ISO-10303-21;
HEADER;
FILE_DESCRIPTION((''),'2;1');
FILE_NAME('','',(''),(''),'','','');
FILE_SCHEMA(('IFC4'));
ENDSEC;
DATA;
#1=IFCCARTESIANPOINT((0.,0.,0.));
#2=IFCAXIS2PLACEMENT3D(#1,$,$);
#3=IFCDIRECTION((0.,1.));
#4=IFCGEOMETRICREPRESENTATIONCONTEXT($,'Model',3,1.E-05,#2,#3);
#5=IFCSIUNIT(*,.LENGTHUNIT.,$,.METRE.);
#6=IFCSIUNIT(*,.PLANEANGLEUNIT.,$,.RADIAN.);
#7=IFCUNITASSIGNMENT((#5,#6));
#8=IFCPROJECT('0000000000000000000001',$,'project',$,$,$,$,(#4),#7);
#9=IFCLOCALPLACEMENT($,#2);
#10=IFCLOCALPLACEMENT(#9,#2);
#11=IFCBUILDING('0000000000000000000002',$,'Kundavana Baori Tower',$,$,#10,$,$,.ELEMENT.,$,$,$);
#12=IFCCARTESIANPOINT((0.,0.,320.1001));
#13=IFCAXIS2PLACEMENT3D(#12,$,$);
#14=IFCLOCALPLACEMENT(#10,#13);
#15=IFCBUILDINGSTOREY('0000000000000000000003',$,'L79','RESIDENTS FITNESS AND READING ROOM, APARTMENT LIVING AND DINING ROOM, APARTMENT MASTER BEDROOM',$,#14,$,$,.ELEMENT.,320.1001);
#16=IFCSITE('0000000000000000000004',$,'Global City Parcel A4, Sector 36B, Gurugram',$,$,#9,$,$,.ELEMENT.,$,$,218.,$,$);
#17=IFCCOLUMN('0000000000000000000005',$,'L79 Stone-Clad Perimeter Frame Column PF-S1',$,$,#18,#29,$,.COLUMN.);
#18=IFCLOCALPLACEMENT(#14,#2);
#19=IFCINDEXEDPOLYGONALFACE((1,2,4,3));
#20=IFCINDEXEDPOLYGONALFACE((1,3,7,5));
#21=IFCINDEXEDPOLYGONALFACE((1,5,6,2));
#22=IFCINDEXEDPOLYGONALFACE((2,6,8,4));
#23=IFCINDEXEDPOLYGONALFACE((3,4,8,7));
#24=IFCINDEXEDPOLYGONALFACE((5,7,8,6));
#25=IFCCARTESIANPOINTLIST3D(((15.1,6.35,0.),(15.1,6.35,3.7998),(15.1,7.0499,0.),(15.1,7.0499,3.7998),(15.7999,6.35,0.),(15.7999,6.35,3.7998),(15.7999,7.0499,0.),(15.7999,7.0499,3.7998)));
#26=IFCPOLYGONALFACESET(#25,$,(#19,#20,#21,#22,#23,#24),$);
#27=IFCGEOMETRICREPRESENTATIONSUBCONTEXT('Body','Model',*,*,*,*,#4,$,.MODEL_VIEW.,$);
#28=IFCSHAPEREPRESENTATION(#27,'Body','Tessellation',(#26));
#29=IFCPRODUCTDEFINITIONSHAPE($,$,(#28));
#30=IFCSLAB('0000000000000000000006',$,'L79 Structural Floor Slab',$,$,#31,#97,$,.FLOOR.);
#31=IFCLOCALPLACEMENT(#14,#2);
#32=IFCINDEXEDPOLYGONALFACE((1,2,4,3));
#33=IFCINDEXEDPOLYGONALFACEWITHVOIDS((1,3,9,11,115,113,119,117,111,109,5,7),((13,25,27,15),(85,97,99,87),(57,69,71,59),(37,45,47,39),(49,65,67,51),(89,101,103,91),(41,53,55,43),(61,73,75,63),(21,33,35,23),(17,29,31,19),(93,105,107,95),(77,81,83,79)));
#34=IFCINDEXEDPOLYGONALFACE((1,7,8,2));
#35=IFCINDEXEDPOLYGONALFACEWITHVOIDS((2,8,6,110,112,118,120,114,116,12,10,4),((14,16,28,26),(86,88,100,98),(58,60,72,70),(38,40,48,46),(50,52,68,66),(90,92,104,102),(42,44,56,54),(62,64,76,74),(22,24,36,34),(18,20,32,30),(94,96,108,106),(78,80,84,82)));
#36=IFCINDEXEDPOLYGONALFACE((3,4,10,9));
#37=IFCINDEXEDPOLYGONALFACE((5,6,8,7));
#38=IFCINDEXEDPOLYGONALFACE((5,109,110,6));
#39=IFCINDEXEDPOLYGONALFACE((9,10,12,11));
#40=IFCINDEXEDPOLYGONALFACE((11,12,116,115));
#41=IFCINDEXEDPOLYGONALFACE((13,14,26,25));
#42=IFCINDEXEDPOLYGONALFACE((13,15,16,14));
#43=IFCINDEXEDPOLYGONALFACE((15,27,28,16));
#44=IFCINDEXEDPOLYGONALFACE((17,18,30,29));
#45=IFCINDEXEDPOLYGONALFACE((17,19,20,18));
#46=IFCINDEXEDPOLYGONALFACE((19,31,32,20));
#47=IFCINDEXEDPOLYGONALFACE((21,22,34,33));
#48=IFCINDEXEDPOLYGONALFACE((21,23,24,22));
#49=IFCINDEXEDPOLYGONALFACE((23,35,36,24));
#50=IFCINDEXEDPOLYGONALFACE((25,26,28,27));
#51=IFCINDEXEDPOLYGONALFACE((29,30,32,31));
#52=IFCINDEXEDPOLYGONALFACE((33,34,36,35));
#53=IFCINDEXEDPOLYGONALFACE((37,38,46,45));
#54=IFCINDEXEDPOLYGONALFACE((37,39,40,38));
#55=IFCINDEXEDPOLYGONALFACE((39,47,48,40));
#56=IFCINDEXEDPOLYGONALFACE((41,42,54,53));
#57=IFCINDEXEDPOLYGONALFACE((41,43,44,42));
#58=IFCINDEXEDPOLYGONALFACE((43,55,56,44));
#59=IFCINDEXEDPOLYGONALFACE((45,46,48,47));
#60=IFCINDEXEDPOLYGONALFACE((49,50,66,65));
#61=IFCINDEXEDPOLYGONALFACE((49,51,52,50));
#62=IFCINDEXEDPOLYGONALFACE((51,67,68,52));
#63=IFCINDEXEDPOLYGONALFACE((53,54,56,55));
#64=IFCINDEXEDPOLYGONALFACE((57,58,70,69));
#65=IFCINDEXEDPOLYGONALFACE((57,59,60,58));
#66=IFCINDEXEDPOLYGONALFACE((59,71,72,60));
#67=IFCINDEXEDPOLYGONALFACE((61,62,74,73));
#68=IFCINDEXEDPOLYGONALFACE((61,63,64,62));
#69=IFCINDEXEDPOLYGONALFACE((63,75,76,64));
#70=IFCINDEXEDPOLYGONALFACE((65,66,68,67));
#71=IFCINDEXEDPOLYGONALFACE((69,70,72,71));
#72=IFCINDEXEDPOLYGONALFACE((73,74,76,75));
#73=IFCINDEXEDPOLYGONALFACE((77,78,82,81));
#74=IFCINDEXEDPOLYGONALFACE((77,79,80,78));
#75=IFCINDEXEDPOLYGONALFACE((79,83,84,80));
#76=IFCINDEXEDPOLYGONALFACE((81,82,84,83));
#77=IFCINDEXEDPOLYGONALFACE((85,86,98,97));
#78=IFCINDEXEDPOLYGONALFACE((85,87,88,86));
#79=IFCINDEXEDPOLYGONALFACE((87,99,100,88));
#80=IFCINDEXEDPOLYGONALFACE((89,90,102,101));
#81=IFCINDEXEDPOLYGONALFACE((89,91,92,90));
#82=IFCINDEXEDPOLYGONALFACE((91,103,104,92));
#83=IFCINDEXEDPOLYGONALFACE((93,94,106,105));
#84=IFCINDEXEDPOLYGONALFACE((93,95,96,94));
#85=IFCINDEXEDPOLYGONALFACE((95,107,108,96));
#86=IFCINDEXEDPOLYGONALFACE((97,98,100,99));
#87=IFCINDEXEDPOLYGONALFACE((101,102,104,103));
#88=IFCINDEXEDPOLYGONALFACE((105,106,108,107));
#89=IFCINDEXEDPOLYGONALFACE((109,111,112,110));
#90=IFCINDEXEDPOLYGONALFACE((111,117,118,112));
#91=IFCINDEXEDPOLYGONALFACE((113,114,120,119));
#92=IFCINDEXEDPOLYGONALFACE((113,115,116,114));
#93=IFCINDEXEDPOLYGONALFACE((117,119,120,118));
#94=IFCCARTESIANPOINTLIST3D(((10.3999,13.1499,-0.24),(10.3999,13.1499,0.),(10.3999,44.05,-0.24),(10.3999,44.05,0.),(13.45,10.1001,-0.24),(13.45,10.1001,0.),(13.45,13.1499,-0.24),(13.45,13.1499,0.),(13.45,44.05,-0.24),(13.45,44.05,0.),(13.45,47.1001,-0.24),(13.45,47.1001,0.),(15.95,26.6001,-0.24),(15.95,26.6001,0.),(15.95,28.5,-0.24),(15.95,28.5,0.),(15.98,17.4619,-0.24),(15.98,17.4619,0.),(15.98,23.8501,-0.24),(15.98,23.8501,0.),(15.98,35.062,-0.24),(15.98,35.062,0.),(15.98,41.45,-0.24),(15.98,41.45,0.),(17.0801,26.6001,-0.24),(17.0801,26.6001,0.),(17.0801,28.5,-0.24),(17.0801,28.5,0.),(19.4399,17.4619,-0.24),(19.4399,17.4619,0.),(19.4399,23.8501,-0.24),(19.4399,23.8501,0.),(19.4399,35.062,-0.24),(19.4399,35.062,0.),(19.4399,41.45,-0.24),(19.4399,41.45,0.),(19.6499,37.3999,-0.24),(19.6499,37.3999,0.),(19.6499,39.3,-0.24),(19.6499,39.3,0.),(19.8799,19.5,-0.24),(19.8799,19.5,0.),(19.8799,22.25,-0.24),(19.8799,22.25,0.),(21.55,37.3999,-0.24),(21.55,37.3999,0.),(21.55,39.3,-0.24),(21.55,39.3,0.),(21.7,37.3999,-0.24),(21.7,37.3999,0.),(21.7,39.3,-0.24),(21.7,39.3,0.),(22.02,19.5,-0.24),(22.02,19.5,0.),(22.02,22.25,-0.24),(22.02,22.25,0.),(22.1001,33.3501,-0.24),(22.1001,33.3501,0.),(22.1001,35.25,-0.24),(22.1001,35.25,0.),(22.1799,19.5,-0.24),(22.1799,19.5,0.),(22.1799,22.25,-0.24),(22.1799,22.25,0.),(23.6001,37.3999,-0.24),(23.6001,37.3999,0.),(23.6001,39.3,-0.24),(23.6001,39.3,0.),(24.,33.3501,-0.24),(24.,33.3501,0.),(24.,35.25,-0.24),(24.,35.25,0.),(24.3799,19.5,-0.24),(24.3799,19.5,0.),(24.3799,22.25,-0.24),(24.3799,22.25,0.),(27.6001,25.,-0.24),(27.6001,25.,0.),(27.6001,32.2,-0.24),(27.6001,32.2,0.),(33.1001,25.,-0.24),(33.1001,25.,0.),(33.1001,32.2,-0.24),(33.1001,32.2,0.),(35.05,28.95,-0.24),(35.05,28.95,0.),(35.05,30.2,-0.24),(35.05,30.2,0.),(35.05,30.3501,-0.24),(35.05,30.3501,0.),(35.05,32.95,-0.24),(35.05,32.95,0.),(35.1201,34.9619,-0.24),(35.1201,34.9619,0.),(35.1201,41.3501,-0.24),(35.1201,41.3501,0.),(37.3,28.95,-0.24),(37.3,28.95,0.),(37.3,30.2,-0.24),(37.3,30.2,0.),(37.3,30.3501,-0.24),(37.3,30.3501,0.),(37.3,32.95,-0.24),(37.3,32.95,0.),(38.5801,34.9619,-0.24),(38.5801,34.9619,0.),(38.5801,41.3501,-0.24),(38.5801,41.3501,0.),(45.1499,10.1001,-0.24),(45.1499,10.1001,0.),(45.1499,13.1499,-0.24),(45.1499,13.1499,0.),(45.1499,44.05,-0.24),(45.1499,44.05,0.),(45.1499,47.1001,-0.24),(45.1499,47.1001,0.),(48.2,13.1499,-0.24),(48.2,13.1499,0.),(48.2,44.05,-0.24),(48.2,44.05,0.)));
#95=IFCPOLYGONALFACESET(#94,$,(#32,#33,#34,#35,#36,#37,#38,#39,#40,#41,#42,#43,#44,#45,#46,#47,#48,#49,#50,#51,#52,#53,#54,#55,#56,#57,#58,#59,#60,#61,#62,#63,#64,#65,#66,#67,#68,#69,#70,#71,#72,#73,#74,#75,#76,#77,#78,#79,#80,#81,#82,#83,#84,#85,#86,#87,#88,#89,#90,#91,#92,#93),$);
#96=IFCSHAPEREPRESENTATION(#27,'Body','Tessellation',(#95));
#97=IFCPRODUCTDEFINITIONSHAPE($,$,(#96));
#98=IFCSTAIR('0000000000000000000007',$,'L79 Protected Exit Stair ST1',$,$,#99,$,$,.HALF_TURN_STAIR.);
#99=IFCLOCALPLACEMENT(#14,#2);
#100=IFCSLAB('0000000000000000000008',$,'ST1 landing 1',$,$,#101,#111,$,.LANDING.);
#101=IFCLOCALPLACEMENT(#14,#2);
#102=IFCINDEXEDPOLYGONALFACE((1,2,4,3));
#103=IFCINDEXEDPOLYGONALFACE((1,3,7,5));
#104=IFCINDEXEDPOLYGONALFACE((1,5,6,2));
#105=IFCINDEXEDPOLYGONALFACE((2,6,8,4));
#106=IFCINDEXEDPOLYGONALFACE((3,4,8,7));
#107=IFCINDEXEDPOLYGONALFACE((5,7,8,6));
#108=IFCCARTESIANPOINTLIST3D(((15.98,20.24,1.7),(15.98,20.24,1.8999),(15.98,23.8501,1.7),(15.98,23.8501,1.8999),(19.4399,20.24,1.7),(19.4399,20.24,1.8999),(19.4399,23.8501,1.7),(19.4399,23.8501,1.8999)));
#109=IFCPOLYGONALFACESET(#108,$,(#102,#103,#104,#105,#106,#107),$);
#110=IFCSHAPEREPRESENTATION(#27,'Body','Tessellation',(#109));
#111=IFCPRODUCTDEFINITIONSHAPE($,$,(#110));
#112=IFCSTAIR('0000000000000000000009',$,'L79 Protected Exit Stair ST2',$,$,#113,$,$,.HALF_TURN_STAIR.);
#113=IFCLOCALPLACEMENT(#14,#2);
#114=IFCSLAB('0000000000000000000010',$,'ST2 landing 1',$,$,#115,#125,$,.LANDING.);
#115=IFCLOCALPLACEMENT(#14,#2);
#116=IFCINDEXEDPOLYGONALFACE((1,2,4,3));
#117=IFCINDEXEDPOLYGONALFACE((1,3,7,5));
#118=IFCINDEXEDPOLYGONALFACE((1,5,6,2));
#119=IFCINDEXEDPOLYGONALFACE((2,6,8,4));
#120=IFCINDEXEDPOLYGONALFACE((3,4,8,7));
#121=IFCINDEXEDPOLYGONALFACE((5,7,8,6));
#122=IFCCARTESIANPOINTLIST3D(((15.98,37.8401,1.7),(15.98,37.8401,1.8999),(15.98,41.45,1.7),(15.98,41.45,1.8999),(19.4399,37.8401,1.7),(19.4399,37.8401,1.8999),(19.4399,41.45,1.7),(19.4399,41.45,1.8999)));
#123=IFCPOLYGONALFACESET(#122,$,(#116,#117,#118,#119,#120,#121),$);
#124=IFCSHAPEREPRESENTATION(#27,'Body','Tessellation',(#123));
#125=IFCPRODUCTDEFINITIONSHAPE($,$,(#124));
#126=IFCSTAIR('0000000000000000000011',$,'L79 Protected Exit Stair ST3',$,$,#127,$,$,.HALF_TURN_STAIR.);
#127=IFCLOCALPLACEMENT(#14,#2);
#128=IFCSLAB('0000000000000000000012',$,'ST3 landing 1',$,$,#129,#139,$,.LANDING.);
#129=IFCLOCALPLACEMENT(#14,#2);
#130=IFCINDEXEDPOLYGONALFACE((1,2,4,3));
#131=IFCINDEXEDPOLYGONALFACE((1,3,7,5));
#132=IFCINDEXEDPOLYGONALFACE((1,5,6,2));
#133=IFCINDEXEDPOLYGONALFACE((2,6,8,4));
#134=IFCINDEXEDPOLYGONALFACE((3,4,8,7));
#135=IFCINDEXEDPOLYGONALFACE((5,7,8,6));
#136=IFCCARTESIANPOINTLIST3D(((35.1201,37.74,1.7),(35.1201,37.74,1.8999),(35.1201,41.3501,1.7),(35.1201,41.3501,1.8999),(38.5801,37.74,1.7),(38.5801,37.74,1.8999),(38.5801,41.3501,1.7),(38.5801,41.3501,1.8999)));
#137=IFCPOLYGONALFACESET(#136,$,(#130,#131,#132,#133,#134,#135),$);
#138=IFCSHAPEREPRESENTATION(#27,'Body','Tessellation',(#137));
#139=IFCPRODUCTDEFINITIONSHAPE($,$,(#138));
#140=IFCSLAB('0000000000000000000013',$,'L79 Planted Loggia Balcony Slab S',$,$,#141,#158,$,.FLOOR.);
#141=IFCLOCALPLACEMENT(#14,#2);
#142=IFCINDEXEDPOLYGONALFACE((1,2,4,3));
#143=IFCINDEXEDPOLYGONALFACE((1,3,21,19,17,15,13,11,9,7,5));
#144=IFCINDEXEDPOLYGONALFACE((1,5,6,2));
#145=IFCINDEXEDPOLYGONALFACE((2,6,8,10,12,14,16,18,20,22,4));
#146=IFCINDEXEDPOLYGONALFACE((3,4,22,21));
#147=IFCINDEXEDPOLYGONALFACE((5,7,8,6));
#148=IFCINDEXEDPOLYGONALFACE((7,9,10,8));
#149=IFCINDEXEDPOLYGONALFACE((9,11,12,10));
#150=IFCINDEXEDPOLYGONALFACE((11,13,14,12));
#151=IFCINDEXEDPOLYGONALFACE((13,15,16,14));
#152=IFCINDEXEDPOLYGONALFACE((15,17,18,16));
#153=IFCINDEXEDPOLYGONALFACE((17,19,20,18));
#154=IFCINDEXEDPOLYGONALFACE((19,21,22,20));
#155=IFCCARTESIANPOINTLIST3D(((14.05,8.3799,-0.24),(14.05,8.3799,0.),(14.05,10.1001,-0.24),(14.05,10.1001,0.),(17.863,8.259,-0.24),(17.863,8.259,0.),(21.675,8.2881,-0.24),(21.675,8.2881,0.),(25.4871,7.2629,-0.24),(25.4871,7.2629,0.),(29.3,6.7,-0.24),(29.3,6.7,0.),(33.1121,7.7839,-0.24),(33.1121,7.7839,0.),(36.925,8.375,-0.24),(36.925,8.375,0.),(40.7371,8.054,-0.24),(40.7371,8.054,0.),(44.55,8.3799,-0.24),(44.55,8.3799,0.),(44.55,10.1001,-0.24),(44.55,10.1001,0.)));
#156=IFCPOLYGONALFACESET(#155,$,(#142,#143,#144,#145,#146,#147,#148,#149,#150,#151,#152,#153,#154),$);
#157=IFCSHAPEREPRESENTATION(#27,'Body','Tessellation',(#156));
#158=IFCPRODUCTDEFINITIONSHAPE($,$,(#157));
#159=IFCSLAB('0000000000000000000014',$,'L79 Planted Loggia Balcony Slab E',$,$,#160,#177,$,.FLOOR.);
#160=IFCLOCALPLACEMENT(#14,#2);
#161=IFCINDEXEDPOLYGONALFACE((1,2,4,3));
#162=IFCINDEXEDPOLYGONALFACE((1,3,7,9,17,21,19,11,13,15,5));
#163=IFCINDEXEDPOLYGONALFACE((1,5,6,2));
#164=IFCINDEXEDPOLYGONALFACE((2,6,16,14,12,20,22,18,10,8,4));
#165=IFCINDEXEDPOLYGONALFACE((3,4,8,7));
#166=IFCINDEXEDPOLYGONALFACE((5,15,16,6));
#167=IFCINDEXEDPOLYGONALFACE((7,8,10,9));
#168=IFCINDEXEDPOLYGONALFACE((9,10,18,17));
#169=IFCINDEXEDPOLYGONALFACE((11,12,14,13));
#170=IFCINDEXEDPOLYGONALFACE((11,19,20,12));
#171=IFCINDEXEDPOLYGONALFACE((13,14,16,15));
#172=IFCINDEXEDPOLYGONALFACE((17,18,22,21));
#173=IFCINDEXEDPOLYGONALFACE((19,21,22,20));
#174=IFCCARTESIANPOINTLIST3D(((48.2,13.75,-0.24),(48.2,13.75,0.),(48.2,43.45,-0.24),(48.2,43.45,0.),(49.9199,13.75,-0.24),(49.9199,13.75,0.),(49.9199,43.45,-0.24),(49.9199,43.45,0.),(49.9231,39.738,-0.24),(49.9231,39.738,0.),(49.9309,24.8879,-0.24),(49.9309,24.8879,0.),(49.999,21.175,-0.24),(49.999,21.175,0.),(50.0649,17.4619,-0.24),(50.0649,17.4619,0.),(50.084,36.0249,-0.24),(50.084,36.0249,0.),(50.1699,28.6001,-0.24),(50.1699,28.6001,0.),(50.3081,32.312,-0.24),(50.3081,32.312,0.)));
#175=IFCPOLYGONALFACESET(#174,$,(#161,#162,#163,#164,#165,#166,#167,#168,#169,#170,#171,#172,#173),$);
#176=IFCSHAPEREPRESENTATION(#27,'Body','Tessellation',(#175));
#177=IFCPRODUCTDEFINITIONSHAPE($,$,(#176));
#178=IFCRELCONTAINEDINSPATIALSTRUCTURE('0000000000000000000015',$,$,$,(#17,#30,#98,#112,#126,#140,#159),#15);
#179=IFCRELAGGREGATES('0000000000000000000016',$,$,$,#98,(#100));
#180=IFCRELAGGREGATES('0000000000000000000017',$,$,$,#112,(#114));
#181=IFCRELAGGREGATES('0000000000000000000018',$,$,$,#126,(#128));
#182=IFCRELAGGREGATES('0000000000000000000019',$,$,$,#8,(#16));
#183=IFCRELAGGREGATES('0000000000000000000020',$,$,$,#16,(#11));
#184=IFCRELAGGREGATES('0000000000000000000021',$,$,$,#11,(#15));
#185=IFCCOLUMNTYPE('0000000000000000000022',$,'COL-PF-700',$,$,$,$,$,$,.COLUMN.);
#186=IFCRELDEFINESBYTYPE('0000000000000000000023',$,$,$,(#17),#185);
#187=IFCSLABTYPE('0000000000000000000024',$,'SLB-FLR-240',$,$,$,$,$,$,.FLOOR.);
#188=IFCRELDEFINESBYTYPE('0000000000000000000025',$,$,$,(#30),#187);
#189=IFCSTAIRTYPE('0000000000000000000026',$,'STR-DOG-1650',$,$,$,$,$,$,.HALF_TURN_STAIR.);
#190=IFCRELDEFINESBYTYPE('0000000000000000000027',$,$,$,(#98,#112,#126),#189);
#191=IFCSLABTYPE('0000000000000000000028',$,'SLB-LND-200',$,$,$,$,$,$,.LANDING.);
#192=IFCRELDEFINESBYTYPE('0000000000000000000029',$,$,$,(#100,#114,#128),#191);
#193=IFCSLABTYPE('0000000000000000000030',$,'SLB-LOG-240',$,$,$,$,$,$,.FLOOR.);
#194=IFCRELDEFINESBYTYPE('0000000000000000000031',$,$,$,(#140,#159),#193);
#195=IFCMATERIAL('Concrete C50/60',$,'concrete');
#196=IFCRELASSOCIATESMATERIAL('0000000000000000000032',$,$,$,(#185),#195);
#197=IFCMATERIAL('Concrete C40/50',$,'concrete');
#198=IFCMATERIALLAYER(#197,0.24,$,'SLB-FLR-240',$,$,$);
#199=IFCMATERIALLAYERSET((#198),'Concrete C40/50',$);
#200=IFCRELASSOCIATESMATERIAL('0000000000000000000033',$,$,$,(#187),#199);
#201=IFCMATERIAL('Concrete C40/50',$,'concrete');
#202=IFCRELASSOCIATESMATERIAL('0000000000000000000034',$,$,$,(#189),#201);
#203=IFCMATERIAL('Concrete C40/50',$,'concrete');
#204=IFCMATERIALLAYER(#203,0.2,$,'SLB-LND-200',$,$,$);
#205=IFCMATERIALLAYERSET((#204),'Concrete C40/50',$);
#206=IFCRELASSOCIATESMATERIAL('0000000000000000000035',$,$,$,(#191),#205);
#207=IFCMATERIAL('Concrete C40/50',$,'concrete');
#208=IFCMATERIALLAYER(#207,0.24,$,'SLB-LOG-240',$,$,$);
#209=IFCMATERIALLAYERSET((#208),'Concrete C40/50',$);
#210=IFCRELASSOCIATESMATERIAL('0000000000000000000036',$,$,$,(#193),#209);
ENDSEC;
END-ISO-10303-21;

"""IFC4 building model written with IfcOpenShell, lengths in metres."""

from ifc_helpers import new_model, si_unit, direction, frame, origin, origin_2d, place, context, subcontext, project, spatial, polyline, rectangle, outline, extrude, material, layer, layer_set, material_profile, profile_set, type_object, element, aggregate, save


model = new_model("IFC4")

# Units and contexts
model_context = context("Model", 3, precision=1e-05, world=origin(), true_north=direction((0.0, 1.0)))
body_context = subcontext(model_context, "Body", "Model", "MODEL_VIEW")
ifc_project = project(units=[si_unit("LENGTHUNIT", "METRE"), si_unit("PLANEANGLEUNIT", "RADIAN")], contexts=[model_context])

# Site, building, storey
site_placement = place(None, origin())
site = spatial("IfcSite", under=ifc_project, at=site_placement, Name="Global City Parcel A4, Sector 36B, Gurugram", CompositionType="ELEMENT", RefElevation=218.0)
building_placement = place(site_placement, origin())
building = spatial("IfcBuilding", under=site, at=building_placement, Name="Kundavana Baori Tower", CompositionType="ELEMENT")
storey_placement = place(building_placement, frame((0.0, 0.0, 320.1001)))
storey = spatial("IfcBuildingStorey", under=building, at=storey_placement, Name="L79", Description="RESIDENTS FITNESS AND READING ROOM, APARTMENT LIVING AND DINING ROOM, APARTMENT MASTER BEDROOM", CompositionType="ELEMENT", Elevation=320.1001)

# Column
ifc_material_1 = material(Name="Concrete C50/60", Category="concrete")
ifc_material_profile = material_profile(ifc_material_1, rectangle(XDim=0.7, YDim=0.7, at=origin_2d()), Name="RC PF 700x700")
ifc_profile_set = profile_set([ifc_material_profile], Name="Concrete C50/60")
column_type = type_object("IfcColumnType", Name="COL-PF-700", PredefinedType="COLUMN", material=ifc_profile_set)
column_placement = place(storey_placement, frame((15.45, 6.7, 0.0), z_axis=(0.0, 0.0, 1.0), x_axis=(1.0, 0.0, 0.0)))
element("IfcColumn", 1, at=column_placement, inside=storey, type_object=column_type, Name="L79 Stone-Clad Perimeter Frame Column PF-S1", PredefinedType="COLUMN", context=body_context, shape_type="SweptSolid", body=[
    extrude(rectangle(XDim=0.7, YDim=0.7, at=origin_2d()), origin(), (0.0, 0.0, 1.0), 3.7998),
])

# Slab
ifc_material_2 = material(Name="Concrete C40/50", Category="concrete")
ifc_layer_1 = layer(ifc_material_2, 0.24, Name="SLB-FLR-240")
ifc_layer_set_1 = layer_set([ifc_layer_1], Name="Concrete C40/50")
slab_type_1 = type_object("IfcSlabType", Name="SLB-FLR-240", PredefinedType="FLOOR", material=ifc_layer_set_1)
slab_1_placement = place(storey_placement, frame((0.0, 0.0, -0.24)))
element("IfcSlab", 2, at=slab_1_placement, inside=storey, type_object=slab_type_1, Name="L79 Structural Floor Slab", PredefinedType="FLOOR", context=body_context, shape_type="SweptSolid", body=[
    extrude(outline(polyline([(13.45, 10.1001), (45.1499, 10.1001), (45.1499, 13.1499), (48.2, 13.1499), (48.2, 44.05), (45.1499, 44.05), (45.1499, 47.1001), (13.45, 47.1001), (13.45, 44.05), (10.3999, 44.05), (10.3999, 13.1499), (13.45, 13.1499), (13.45, 10.1001)]), holes=[polyline([(19.4399, 17.4619), (19.4399, 23.8501), (15.98, 23.8501), (15.98, 17.4619), (19.4399, 17.4619)]), polyline([(19.4399, 35.062), (19.4399, 41.45), (15.98, 41.45), (15.98, 35.062), (19.4399, 35.062)]), polyline([(38.5801, 34.9619), (38.5801, 41.3501), (35.1201, 41.3501), (35.1201, 34.9619), (38.5801, 34.9619)]), polyline([(19.6499, 37.3999), (21.55, 37.3999), (21.55, 39.3), (19.6499, 39.3), (19.6499, 37.3999)]), polyline([(21.7, 37.3999), (23.6001, 37.3999), (23.6001, 39.3), (21.7, 39.3), (21.7, 37.3999)]), polyline([(22.1001, 33.3501), (24.0, 33.3501), (24.0, 35.25), (22.1001, 35.25), (22.1001, 33.3501)]), polyline([(19.8799, 19.5), (22.02, 19.5), (22.02, 22.25), (19.8799, 22.25), (19.8799, 19.5)]), polyline([(22.1799, 19.5), (24.3799, 19.5), (24.3799, 22.25), (22.1799, 22.25), (22.1799, 19.5)]), polyline([(35.05, 30.3501), (37.3, 30.3501), (37.3, 32.95), (35.05, 32.95), (35.05, 30.3501)]), polyline([(15.95, 26.6001), (17.0801, 26.6001), (17.0801, 28.5), (15.95, 28.5), (15.95, 26.6001)]), polyline([(35.05, 28.95), (37.3, 28.95), (37.3, 30.2), (35.05, 30.2), (35.05, 28.95)]), polyline([(27.6001, 25.0), (33.1001, 25.0), (33.1001, 32.2), (27.6001, 32.2), (27.6001, 25.0)])]), origin(), (0.0, 0.0, 1.0), 0.24),
])

# Stairs, slabs
ifc_material_3 = material(Name="Concrete C40/50", Category="concrete")
stair_type = type_object("IfcStairType", Name="STR-DOG-1650", PredefinedType="HALF_TURN_STAIR", material=ifc_material_3)
stair_1_placement = place(storey_placement, origin())
stair_1 = element("IfcStair", 3, at=stair_1_placement, inside=storey, type_object=stair_type, Name="L79 Protected Exit Stair ST1", PredefinedType="HALF_TURN_STAIR")
ifc_material_4 = material(Name="Concrete C40/50", Category="concrete")
ifc_layer_2 = layer(ifc_material_4, 0.2, Name="SLB-LND-200")
ifc_layer_set_2 = layer_set([ifc_layer_2], Name="Concrete C40/50")
slab_type_2 = type_object("IfcSlabType", Name="SLB-LND-200", PredefinedType="LANDING", material=ifc_layer_set_2)
slab_2_placement = place(storey_placement, frame((0.0, 0.0, 1.7)))
slab_2 = element("IfcSlab", 4, at=slab_2_placement, type_object=slab_type_2, Name="ST1 landing 1", PredefinedType="LANDING", context=body_context, shape_type="SweptSolid", body=[
    extrude(outline(polyline([(19.4399, 20.24), (19.4399, 23.8501), (15.98, 23.8501), (15.98, 20.24), (19.4399, 20.24)])), origin(), (0.0, 0.0, 1.0), 0.2),
])
aggregate(stair_1, [slab_2])
stair_2_placement = place(storey_placement, origin())
stair_2 = element("IfcStair", 5, at=stair_2_placement, inside=storey, type_object=stair_type, Name="L79 Protected Exit Stair ST2", PredefinedType="HALF_TURN_STAIR")
slab_3_placement = place(storey_placement, frame((0.0, 0.0, 1.7)))
slab_3 = element("IfcSlab", 6, at=slab_3_placement, type_object=slab_type_2, Name="ST2 landing 1", PredefinedType="LANDING", context=body_context, shape_type="SweptSolid", body=[
    extrude(outline(polyline([(19.4399, 37.8401), (19.4399, 41.45), (15.98, 41.45), (15.98, 37.8401), (19.4399, 37.8401)])), origin(), (0.0, 0.0, 1.0), 0.2),
])
aggregate(stair_2, [slab_3])
stair_3_placement = place(storey_placement, origin())
stair_3 = element("IfcStair", 7, at=stair_3_placement, inside=storey, type_object=stair_type, Name="L79 Protected Exit Stair ST3", PredefinedType="HALF_TURN_STAIR")
slab_4_placement = place(storey_placement, frame((0.0, 0.0, 1.7)))
slab_4 = element("IfcSlab", 8, at=slab_4_placement, type_object=slab_type_2, Name="ST3 landing 1", PredefinedType="LANDING", context=body_context, shape_type="SweptSolid", body=[
    extrude(outline(polyline([(38.5801, 37.74), (38.5801, 41.3501), (35.1201, 41.3501), (35.1201, 37.74), (38.5801, 37.74)])), origin(), (0.0, 0.0, 1.0), 0.2),
])
aggregate(stair_3, [slab_4])

# Slabs
ifc_material_5 = material(Name="Concrete C40/50", Category="concrete")
ifc_layer_3 = layer(ifc_material_5, 0.24, Name="SLB-LOG-240")
ifc_layer_set_3 = layer_set([ifc_layer_3], Name="Concrete C40/50")
slab_type_3 = type_object("IfcSlabType", Name="SLB-LOG-240", PredefinedType="FLOOR", material=ifc_layer_set_3)
slab_5_placement = place(storey_placement, frame((0.0, 0.0, -0.24)))
element("IfcSlab", 9, at=slab_5_placement, inside=storey, type_object=slab_type_3, Name="L79 Planted Loggia Balcony Slab S", PredefinedType="FLOOR", context=body_context, shape_type="SweptSolid", body=[
    extrude(outline(polyline([(14.05, 10.1001), (44.55, 10.1001), (44.55, 8.3799), (40.7371, 8.054), (36.925, 8.375), (33.1121, 7.7839), (29.3, 6.7), (25.4871, 7.2629), (21.675, 8.2881), (17.863, 8.259), (14.05, 8.3799), (14.05, 10.1001)])), origin(), (0.0, 0.0, 1.0), 0.24),
])
slab_6_placement = place(storey_placement, frame((0.0, 0.0, -0.24)))
element("IfcSlab", 10, at=slab_6_placement, inside=storey, type_object=slab_type_3, Name="L79 Planted Loggia Balcony Slab E", PredefinedType="FLOOR", context=body_context, shape_type="SweptSolid", body=[
    extrude(outline(polyline([(48.2, 13.75), (48.2, 43.45), (49.9199, 43.45), (49.9231, 39.738), (50.084, 36.0249), (50.3081, 32.312), (50.1699, 28.6001), (49.9309, 24.8879), (49.999, 21.175), (50.0649, 17.4619), (49.9199, 13.75), (48.2, 13.75)])), origin(), (0.0, 0.0, 1.0), 0.24),
])

save(model, "model.ifc")
